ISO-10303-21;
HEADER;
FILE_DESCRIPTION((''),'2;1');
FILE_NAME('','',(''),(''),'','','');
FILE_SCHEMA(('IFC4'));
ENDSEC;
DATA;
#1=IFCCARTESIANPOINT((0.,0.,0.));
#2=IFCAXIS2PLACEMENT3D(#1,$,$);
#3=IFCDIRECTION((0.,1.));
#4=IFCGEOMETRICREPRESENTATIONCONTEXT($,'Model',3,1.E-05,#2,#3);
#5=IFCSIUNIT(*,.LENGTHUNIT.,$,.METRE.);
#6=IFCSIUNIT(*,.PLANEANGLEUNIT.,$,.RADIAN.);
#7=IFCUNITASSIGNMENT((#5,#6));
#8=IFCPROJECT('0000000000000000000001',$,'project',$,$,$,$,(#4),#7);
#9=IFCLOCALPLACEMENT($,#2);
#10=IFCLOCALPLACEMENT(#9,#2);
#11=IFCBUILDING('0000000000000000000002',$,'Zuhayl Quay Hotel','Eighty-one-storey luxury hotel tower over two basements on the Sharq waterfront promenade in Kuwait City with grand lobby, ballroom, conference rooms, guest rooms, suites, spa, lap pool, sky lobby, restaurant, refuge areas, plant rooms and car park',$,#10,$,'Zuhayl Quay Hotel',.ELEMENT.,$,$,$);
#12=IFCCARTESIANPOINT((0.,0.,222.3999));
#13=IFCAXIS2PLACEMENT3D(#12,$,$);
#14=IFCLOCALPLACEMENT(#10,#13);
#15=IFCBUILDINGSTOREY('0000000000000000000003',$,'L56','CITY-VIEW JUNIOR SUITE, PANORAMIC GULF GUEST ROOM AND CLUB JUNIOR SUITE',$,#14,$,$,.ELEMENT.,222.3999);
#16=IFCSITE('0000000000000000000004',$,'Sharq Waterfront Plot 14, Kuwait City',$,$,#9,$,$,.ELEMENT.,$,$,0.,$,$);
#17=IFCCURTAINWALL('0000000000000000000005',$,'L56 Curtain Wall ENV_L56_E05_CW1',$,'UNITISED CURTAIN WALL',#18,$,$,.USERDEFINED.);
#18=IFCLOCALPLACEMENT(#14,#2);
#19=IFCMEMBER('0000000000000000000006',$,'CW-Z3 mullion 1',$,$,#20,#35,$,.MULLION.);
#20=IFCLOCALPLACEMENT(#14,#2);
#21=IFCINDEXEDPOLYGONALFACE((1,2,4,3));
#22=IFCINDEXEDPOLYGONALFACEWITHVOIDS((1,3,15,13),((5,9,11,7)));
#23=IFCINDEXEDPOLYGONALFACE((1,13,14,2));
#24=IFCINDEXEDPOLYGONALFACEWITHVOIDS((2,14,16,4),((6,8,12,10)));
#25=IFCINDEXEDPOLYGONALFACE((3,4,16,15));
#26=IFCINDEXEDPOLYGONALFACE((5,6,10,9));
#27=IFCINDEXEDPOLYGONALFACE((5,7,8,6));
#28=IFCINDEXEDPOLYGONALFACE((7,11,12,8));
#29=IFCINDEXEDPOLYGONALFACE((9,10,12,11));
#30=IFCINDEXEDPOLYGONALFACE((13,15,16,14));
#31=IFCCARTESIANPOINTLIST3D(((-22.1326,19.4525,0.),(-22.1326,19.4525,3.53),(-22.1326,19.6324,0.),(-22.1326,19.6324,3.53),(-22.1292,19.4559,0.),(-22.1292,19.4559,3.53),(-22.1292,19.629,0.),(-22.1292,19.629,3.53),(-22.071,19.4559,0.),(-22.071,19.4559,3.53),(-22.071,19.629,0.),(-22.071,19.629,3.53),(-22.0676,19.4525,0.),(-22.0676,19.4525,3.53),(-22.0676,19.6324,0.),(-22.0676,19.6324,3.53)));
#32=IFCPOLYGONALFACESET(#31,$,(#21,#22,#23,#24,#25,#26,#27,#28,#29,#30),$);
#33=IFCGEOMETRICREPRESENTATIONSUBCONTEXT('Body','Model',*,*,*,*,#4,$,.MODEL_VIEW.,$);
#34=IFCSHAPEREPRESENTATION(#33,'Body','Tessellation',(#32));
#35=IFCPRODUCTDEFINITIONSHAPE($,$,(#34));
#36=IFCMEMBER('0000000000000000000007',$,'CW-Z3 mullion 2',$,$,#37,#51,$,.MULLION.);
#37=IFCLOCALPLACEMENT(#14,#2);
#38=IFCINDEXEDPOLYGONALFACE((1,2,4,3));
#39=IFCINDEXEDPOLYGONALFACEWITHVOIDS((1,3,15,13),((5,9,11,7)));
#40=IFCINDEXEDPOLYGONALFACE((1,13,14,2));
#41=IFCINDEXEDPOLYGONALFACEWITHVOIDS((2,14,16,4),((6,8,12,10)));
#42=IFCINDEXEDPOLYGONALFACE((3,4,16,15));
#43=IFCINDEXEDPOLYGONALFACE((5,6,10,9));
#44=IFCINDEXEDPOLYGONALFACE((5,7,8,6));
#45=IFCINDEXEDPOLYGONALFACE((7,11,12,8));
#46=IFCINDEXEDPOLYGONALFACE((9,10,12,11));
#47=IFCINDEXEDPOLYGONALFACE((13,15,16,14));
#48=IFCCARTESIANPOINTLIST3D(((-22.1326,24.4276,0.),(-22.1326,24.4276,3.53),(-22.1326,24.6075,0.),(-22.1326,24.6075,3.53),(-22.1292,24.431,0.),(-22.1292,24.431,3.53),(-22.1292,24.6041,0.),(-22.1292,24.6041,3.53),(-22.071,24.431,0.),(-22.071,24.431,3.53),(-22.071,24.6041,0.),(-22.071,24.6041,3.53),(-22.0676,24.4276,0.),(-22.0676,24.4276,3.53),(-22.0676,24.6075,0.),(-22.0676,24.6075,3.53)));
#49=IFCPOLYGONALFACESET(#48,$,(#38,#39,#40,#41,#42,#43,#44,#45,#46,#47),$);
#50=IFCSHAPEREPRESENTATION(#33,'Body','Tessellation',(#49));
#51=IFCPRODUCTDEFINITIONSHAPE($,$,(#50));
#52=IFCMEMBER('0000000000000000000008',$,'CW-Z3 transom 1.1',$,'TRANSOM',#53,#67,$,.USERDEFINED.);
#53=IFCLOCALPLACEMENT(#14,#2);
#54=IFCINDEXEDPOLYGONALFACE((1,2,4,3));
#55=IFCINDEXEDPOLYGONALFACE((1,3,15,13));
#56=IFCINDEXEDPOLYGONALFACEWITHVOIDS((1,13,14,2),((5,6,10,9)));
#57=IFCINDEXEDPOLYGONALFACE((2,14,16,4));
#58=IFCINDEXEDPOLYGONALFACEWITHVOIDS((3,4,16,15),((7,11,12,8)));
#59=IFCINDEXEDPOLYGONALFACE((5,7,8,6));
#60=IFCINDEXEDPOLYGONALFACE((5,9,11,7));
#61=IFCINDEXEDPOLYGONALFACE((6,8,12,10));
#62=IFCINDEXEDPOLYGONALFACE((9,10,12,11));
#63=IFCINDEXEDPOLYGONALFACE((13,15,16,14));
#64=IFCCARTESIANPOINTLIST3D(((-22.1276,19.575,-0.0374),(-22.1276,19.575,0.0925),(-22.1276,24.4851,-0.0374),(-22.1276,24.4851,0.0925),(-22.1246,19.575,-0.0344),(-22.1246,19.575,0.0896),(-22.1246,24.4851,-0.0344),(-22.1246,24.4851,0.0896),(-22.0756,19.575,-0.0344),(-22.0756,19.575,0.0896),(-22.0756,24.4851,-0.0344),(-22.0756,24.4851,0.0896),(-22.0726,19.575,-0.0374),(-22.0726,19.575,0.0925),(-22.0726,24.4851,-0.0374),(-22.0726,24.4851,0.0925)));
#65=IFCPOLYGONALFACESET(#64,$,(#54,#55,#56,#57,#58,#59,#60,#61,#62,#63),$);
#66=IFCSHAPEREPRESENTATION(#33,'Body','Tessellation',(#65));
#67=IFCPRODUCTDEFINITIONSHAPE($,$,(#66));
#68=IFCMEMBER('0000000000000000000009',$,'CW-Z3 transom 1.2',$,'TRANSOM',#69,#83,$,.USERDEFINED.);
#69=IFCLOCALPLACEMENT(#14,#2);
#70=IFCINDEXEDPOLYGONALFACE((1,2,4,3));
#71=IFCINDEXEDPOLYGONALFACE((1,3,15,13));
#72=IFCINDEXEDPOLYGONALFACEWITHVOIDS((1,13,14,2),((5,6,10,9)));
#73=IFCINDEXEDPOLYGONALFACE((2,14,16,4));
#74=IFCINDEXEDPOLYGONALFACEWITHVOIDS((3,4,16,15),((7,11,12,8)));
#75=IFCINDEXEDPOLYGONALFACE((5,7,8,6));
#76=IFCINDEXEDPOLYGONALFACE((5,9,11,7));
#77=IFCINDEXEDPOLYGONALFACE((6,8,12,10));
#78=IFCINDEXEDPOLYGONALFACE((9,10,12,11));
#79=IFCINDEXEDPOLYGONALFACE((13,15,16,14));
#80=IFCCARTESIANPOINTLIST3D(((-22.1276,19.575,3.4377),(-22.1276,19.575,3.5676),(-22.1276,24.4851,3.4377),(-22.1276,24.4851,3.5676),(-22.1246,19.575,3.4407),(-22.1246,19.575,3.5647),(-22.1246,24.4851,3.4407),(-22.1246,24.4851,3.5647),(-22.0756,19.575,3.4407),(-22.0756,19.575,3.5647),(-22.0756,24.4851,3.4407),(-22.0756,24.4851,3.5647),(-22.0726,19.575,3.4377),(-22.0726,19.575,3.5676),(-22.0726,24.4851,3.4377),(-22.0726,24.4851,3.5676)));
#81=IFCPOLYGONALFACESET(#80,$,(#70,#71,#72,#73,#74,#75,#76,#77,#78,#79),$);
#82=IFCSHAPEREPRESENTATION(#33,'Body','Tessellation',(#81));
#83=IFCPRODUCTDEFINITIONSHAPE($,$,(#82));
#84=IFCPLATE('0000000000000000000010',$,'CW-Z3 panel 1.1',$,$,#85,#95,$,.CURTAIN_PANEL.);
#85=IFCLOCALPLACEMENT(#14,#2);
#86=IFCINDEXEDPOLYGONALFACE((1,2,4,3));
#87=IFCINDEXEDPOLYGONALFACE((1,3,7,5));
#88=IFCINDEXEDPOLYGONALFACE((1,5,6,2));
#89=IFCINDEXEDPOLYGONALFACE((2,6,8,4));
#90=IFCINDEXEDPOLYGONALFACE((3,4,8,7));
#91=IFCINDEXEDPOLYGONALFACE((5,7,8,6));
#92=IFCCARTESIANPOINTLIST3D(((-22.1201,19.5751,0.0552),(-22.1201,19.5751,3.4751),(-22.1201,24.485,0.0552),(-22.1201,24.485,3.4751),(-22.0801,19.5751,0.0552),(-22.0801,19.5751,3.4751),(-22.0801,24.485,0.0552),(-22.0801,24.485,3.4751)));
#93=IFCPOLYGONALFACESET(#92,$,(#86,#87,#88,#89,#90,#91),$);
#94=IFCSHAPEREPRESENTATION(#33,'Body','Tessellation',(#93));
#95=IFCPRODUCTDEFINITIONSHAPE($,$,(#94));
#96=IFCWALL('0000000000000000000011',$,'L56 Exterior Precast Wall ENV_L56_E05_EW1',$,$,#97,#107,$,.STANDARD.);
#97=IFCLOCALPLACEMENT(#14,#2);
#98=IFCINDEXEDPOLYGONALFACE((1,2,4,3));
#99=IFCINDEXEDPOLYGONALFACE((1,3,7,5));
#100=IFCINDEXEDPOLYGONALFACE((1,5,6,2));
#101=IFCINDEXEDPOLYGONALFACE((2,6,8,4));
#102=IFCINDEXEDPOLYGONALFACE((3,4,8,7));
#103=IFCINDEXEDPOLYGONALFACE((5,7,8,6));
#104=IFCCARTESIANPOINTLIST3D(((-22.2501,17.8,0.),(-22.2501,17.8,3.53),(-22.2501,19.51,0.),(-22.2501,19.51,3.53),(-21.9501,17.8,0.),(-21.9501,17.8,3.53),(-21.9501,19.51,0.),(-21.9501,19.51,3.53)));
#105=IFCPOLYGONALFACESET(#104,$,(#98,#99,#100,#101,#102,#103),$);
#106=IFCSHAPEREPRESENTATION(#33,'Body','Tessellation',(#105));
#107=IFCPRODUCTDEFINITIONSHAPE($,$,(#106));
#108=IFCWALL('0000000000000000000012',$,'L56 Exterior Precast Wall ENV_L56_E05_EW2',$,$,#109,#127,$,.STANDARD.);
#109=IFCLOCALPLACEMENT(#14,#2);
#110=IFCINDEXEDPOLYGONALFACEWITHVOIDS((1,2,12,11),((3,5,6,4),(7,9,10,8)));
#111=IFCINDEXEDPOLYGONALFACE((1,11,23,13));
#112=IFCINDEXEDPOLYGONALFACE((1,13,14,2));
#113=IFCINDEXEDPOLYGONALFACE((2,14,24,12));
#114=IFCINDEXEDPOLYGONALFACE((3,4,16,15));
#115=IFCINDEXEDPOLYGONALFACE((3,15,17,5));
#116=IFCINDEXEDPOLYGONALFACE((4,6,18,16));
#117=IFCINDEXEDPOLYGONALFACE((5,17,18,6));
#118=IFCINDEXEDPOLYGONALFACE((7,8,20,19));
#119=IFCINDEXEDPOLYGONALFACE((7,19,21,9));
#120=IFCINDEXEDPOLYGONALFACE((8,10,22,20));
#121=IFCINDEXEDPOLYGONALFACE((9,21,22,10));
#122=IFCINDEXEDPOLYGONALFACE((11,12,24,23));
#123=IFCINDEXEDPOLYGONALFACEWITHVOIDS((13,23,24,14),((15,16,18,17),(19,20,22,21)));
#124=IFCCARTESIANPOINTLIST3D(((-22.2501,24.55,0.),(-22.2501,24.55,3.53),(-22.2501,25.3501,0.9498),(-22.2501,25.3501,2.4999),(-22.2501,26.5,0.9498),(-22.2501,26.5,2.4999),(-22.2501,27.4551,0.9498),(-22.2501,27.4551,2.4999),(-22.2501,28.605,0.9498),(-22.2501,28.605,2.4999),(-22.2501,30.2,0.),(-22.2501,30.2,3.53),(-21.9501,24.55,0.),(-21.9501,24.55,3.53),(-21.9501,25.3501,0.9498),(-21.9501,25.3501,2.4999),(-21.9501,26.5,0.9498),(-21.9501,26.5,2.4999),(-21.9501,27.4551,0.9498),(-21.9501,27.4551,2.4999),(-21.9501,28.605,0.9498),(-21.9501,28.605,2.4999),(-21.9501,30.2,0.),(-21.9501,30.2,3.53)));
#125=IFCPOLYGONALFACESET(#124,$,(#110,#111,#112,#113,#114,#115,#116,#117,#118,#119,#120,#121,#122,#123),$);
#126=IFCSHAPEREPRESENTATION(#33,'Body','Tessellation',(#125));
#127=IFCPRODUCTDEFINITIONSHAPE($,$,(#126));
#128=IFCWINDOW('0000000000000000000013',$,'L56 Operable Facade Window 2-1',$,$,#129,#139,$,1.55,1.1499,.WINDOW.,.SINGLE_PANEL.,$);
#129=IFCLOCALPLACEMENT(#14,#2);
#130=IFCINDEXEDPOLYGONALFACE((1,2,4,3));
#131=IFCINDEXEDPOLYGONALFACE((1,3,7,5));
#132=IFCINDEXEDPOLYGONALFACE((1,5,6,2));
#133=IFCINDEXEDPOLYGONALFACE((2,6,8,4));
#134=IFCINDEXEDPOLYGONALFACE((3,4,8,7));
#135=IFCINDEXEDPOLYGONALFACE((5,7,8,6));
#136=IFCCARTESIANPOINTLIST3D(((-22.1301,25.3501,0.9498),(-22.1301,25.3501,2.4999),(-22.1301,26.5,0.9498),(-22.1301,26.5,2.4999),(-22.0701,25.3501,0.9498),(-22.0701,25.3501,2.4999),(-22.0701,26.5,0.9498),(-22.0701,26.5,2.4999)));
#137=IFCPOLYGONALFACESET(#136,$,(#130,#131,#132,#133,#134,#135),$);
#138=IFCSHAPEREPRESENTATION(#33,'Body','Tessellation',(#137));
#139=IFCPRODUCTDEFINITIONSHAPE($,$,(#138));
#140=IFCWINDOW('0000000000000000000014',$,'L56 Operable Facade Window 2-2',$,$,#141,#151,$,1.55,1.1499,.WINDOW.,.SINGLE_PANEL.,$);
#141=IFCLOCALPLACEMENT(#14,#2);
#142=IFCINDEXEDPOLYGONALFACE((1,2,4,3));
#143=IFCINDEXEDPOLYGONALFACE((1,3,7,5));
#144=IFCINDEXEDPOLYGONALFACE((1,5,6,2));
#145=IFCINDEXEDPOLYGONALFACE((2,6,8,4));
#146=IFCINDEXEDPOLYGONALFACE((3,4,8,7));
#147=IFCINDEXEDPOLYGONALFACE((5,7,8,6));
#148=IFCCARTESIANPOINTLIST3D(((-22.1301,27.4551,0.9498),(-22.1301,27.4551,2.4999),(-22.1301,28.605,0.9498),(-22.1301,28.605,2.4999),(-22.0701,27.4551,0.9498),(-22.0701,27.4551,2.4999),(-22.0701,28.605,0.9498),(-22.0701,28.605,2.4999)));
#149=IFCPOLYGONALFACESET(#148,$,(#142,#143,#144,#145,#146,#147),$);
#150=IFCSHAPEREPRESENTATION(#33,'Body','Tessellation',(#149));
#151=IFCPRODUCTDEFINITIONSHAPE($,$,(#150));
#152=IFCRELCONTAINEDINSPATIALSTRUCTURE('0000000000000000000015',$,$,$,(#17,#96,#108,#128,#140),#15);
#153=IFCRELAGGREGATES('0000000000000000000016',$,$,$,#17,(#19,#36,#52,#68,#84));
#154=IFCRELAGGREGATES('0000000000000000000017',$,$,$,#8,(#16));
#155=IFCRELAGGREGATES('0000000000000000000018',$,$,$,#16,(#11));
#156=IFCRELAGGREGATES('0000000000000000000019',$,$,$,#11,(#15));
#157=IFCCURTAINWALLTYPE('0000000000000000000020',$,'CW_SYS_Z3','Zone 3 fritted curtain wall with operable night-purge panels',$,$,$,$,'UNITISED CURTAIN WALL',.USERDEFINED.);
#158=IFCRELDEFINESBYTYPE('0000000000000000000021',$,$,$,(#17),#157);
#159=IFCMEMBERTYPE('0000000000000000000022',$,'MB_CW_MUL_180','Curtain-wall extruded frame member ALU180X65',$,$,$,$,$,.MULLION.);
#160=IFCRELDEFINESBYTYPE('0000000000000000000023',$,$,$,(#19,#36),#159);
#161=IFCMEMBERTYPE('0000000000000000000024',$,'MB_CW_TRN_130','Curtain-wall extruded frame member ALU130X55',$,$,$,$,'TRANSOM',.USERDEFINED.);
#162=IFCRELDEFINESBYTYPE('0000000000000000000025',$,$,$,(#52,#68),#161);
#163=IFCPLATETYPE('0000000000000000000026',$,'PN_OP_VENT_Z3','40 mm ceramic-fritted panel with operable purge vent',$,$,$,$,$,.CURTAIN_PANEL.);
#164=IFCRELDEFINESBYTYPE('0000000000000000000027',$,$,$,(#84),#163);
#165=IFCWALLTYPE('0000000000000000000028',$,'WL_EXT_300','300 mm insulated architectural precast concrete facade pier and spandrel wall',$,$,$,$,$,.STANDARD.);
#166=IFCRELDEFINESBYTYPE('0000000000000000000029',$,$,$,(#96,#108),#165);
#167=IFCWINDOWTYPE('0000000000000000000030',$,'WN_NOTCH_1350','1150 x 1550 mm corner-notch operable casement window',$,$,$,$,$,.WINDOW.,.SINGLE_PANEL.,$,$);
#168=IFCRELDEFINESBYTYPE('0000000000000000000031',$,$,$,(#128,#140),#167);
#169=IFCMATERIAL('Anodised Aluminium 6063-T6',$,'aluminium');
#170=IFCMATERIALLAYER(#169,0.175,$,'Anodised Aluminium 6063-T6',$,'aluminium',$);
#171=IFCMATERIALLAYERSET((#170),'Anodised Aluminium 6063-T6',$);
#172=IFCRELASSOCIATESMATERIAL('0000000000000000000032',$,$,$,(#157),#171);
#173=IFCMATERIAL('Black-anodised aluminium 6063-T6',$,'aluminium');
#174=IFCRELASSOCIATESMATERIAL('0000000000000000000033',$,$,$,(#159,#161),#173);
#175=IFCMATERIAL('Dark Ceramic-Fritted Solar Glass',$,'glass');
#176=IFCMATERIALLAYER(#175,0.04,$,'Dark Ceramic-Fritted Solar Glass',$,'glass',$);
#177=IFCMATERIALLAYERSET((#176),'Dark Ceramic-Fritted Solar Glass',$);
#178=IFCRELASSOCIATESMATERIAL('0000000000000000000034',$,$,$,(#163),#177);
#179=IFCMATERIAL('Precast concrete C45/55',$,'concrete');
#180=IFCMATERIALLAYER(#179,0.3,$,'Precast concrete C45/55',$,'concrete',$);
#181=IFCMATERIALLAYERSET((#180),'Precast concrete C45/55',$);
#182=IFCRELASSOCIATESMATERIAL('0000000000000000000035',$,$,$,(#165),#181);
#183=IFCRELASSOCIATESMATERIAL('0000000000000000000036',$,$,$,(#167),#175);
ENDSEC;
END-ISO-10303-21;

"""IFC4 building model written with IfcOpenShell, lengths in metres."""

from ifc_helpers import new_model, si_unit, direction, frame, frame_2d, origin, origin_2d, place, context, subcontext, project, spatial, rectangle, hollow_rectangle, extrude, material, layer, layer_set, material_profile, profile_set, type_object, element, fill, aggregate, save


model = new_model("IFC4")

# Units and contexts
model_context = context("Model", 3, precision=1e-05, world=origin(), true_north=direction((0.0, 1.0)))
body_context = subcontext(model_context, "Body", "Model", "MODEL_VIEW")
ifc_project = project(units=[si_unit("LENGTHUNIT", "METRE"), si_unit("PLANEANGLEUNIT", "RADIAN")], contexts=[model_context])

# Site, building, storey
site_placement = place(None, origin())
site = spatial("IfcSite", under=ifc_project, at=site_placement, Name="Sharq Waterfront Plot 14, Kuwait City", CompositionType="ELEMENT", RefElevation=0.0)
building_placement = place(site_placement, origin())
building = spatial("IfcBuilding", under=site, at=building_placement, Name="Zuhayl Quay Hotel", Description="Eighty-one-storey luxury hotel tower over two basements on the Sharq waterfront promenade in Kuwait City with grand lobby, ballroom, conference rooms, guest rooms, suites, spa, lap pool, sky lobby, restaurant, refuge areas, plant rooms and car park", LongName="Zuhayl Quay Hotel", CompositionType="ELEMENT")
storey_placement = place(building_placement, frame((0.0, 0.0, 222.3999)))
storey = spatial("IfcBuildingStorey", under=building, at=storey_placement, Name="L56", Description="CITY-VIEW JUNIOR SUITE, PANORAMIC GULF GUEST ROOM AND CLUB JUNIOR SUITE", CompositionType="ELEMENT", Elevation=222.3999)

# Curtain wall, members, plate
ifc_material_1 = material(Name="Anodised Aluminium 6063-T6", Category="aluminium")
ifc_layer_1 = layer(ifc_material_1, 0.175, Name="Anodised Aluminium 6063-T6", Category="aluminium")
ifc_layer_set_1 = layer_set([ifc_layer_1], Name="Anodised Aluminium 6063-T6")
curtain_wall_type = type_object("IfcCurtainWallType", Name="CW_SYS_Z3", Description="Zone 3 fritted curtain wall with operable night-purge panels", ElementType="UNITISED CURTAIN WALL", PredefinedType="USERDEFINED", material=ifc_layer_set_1)
curtain_wall_placement = place(storey_placement, origin())
curtain_wall = element("IfcCurtainWall", 1, at=curtain_wall_placement, inside=storey, type_object=curtain_wall_type, Name="L56 Curtain Wall ENV_L56_E05_CW1", ObjectType="UNITISED CURTAIN WALL", PredefinedType="USERDEFINED")
ifc_material_2 = material(Name="Black-anodised aluminium 6063-T6", Category="aluminium")
ifc_material_profile_1 = material_profile(ifc_material_2, hollow_rectangle(XDim=0.0649, YDim=0.1799, WallThickness=0.0034, at=origin_2d()), Name="ALU180X65")
ifc_profile_set_1 = profile_set([ifc_material_profile_1], Name="Black-anodised aluminium 6063-T6")
member_type_1 = type_object("IfcMemberType", Name="MB_CW_MUL_180", Description="Curtain-wall extruded frame member ALU180X65", PredefinedType="MULLION", material=ifc_profile_set_1)
member_1_placement = place(storey_placement, frame((-22.1001, 19.5425, 0.0), z_axis=(0.0, 0.0, 1.0), x_axis=(-1.0, 0.0, 0.0)))
member_1 = element("IfcMember", 2, at=member_1_placement, type_object=member_type_1, Name="CW-Z3 mullion 1", PredefinedType="MULLION", context=body_context, shape_type="SweptSolid", body=[
    extrude(hollow_rectangle(XDim=0.0649, YDim=0.1799, WallThickness=0.0034, at=origin_2d()), origin(), (0.0, 0.0, 1.0), 3.53),
])
member_2_placement = place(storey_placement, frame((-22.1001, 24.5176, 0.0), z_axis=(0.0, 0.0, 1.0), x_axis=(-1.0, 0.0, 0.0)))
member_2 = element("IfcMember", 3, at=member_2_placement, type_object=member_type_1, Name="CW-Z3 mullion 2", PredefinedType="MULLION", context=body_context, shape_type="SweptSolid", body=[
    extrude(hollow_rectangle(XDim=0.0649, YDim=0.1799, WallThickness=0.0034, at=origin_2d()), origin(), (0.0, 0.0, 1.0), 3.53),
])
ifc_material_profile_2 = material_profile(ifc_material_2, hollow_rectangle(XDim=0.0549, YDim=0.1299, WallThickness=0.0029, at=origin_2d()), Name="ALU130X55")
ifc_profile_set_2 = profile_set([ifc_material_profile_2], Name="Black-anodised aluminium 6063-T6")
member_type_2 = type_object("IfcMemberType", Name="MB_CW_TRN_130", Description="Curtain-wall extruded frame member ALU130X55", ElementType="TRANSOM", PredefinedType="USERDEFINED", material=ifc_profile_set_2)
member_3_placement = place(storey_placement, frame((-22.1001, 19.575, 0.0276), z_axis=(0.0, 1.0, 0.0), x_axis=(-1.0, 0.0, 0.0)))
member_3 = element("IfcMember", 4, at=member_3_placement, type_object=member_type_2, Name="CW-Z3 transom 1.1", ObjectType="TRANSOM", PredefinedType="USERDEFINED", context=body_context, shape_type="SweptSolid", body=[
    extrude(hollow_rectangle(XDim=0.0549, YDim=0.1299, WallThickness=0.0029, at=origin_2d()), origin(), (0.0, 0.0, 1.0), 4.9102),
])
member_4_placement = place(storey_placement, frame((-22.1001, 19.575, 3.5027), z_axis=(0.0, 1.0, 0.0), x_axis=(-1.0, 0.0, 0.0)))
member_4 = element("IfcMember", 5, at=member_4_placement, type_object=member_type_2, Name="CW-Z3 transom 1.2", ObjectType="TRANSOM", PredefinedType="USERDEFINED", context=body_context, shape_type="SweptSolid", body=[
    extrude(hollow_rectangle(XDim=0.0549, YDim=0.1299, WallThickness=0.0029, at=origin_2d()), origin(), (0.0, 0.0, 1.0), 4.9102),
])
ifc_material_3 = material(Name="Dark Ceramic-Fritted Solar Glass", Category="glass")
ifc_layer_2 = layer(ifc_material_3, 0.04, Name="Dark Ceramic-Fritted Solar Glass", Category="glass")
ifc_layer_set_2 = layer_set([ifc_layer_2], Name="Dark Ceramic-Fritted Solar Glass")
plate_type = type_object("IfcPlateType", Name="PN_OP_VENT_Z3", Description="40 mm ceramic-fritted panel with operable purge vent", PredefinedType="CURTAIN_PANEL", material=ifc_layer_set_2)
plate_placement = place(storey_placement, frame((-22.1001, 22.03, 0.0552), z_axis=(0.0, 0.0, 1.0), x_axis=(0.0, 1.0, 0.0)))
plate = element("IfcPlate", 6, at=plate_placement, type_object=plate_type, Name="CW-Z3 panel 1.1", PredefinedType="CURTAIN_PANEL", context=body_context, shape_type="SweptSolid", body=[
    extrude(rectangle(XDim=4.9099, YDim=0.04, at=origin_2d()), origin(), (0.0, 0.0, 1.0), 3.4199),
])
aggregate(curtain_wall, [member_1, member_2, member_3, member_4, plate])

# Wall
ifc_material_4 = material(Name="Precast concrete C45/55", Category="concrete")
ifc_layer_3 = layer(ifc_material_4, 0.3, Name="Precast concrete C45/55", Category="concrete")
ifc_layer_set_3 = layer_set([ifc_layer_3], Name="Precast concrete C45/55")
wall_type_1 = type_object("IfcWallType", Name="WL_EXT_300", Description="300 mm insulated architectural precast concrete facade pier and spandrel wall", PredefinedType="STANDARD", material=ifc_layer_set_3)
wall_1_placement = place(storey_placement, frame((-22.1001, 17.8, 0.0), z_axis=(0.0, 0.0, 1.0), x_axis=(0.0, 1.0, 0.0)))
element("IfcWall", 7, at=wall_1_placement, inside=storey, type_object=wall_type_1, Name="L56 Exterior Precast Wall ENV_L56_E05_EW1", PredefinedType="STANDARD", context=body_context, shape_type="SweptSolid", body=[
    extrude(rectangle(XDim=1.71, YDim=0.3, at=frame_2d((0.855, 0.0))), origin(), (0.0, 0.0, 1.0), 3.53),
])

# Wall, openings, windows
wall_2_placement = place(storey_placement, frame((-22.1001, 24.55, 0.0), z_axis=(0.0, 0.0, 1.0), x_axis=(0.0, 1.0, 0.0)))
wall_2 = element("IfcWall", 8, at=wall_2_placement, inside=storey, type_object=wall_type_1, Name="L56 Exterior Precast Wall ENV_L56_E05_EW2", PredefinedType="STANDARD", context=body_context, shape_type="SweptSolid", body=[
    extrude(rectangle(XDim=5.6499, YDim=0.3, at=frame_2d((2.825, 0.0))), origin(), (0.0, 0.0, 1.0), 3.53),
])
opening_1_placement = place(wall_2_placement, frame((0.8, 0.0, 0.95)))
opening_1 = element("IfcOpeningElement", 9, at=opening_1_placement, cuts=wall_2, PredefinedType="OPENING", context=body_context, shape_type="SweptSolid", body=[
    extrude(rectangle(XDim=1.1499, YDim=1.55, at=frame_2d((0.575, 0.7749))), frame((0.0, 0.1599, 0.0), z_axis=(0.0, -1.0, 0.0), x_axis=(1.0, 0.0, 0.0)), (0.0, 0.0, 1.0), 0.3201),
])
opening_2_placement = place(wall_2_placement, frame((2.905, 0.0, 0.95)))
opening_2 = element("IfcOpeningElement", 10, at=opening_2_placement, cuts=wall_2, PredefinedType="OPENING", context=body_context, shape_type="SweptSolid", body=[
    extrude(rectangle(XDim=1.1499, YDim=1.55, at=frame_2d((0.575, 0.7749))), frame((0.0, 0.1599, 0.0), z_axis=(0.0, -1.0, 0.0), x_axis=(1.0, 0.0, 0.0)), (0.0, 0.0, 1.0), 0.3201),
])
window_type = type_object("IfcWindowType", Name="WN_NOTCH_1350", Description="1150 x 1550 mm corner-notch operable casement window", PartitioningType="SINGLE_PANEL", PredefinedType="WINDOW", material=ifc_material_3)
window_1_placement = place(opening_1_placement, origin())
window_1 = element("IfcWindow", 11, at=window_1_placement, inside=storey, type_object=window_type, Name="L56 Operable Facade Window 2-1", OverallHeight=1.55, OverallWidth=1.1499, PartitioningType="SINGLE_PANEL", PredefinedType="WINDOW", context=body_context, shape_type="SweptSolid", body=[
    extrude(rectangle(XDim=1.1499, YDim=1.55, at=frame_2d((0.575, 0.7749))), frame((0.0, 0.03, 0.0), z_axis=(0.0, -1.0, 0.0), x_axis=(1.0, 0.0, 0.0)), (0.0, 0.0, 1.0), 0.0601),
])
fill(opening_1, window_1)
window_2_placement = place(opening_2_placement, origin())
window_2 = element("IfcWindow", 12, at=window_2_placement, inside=storey, type_object=window_type, Name="L56 Operable Facade Window 2-2", OverallHeight=1.55, OverallWidth=1.1499, PartitioningType="SINGLE_PANEL", PredefinedType="WINDOW", context=body_context, shape_type="SweptSolid", body=[
    extrude(rectangle(XDim=1.1499, YDim=1.55, at=frame_2d((0.575, 0.7749))), frame((0.0, 0.03, 0.0), z_axis=(0.0, -1.0, 0.0), x_axis=(1.0, 0.0, 0.0)), (0.0, 0.0, 1.0), 0.0601),
])
fill(opening_2, window_2)

save(model, "model.ifc")
